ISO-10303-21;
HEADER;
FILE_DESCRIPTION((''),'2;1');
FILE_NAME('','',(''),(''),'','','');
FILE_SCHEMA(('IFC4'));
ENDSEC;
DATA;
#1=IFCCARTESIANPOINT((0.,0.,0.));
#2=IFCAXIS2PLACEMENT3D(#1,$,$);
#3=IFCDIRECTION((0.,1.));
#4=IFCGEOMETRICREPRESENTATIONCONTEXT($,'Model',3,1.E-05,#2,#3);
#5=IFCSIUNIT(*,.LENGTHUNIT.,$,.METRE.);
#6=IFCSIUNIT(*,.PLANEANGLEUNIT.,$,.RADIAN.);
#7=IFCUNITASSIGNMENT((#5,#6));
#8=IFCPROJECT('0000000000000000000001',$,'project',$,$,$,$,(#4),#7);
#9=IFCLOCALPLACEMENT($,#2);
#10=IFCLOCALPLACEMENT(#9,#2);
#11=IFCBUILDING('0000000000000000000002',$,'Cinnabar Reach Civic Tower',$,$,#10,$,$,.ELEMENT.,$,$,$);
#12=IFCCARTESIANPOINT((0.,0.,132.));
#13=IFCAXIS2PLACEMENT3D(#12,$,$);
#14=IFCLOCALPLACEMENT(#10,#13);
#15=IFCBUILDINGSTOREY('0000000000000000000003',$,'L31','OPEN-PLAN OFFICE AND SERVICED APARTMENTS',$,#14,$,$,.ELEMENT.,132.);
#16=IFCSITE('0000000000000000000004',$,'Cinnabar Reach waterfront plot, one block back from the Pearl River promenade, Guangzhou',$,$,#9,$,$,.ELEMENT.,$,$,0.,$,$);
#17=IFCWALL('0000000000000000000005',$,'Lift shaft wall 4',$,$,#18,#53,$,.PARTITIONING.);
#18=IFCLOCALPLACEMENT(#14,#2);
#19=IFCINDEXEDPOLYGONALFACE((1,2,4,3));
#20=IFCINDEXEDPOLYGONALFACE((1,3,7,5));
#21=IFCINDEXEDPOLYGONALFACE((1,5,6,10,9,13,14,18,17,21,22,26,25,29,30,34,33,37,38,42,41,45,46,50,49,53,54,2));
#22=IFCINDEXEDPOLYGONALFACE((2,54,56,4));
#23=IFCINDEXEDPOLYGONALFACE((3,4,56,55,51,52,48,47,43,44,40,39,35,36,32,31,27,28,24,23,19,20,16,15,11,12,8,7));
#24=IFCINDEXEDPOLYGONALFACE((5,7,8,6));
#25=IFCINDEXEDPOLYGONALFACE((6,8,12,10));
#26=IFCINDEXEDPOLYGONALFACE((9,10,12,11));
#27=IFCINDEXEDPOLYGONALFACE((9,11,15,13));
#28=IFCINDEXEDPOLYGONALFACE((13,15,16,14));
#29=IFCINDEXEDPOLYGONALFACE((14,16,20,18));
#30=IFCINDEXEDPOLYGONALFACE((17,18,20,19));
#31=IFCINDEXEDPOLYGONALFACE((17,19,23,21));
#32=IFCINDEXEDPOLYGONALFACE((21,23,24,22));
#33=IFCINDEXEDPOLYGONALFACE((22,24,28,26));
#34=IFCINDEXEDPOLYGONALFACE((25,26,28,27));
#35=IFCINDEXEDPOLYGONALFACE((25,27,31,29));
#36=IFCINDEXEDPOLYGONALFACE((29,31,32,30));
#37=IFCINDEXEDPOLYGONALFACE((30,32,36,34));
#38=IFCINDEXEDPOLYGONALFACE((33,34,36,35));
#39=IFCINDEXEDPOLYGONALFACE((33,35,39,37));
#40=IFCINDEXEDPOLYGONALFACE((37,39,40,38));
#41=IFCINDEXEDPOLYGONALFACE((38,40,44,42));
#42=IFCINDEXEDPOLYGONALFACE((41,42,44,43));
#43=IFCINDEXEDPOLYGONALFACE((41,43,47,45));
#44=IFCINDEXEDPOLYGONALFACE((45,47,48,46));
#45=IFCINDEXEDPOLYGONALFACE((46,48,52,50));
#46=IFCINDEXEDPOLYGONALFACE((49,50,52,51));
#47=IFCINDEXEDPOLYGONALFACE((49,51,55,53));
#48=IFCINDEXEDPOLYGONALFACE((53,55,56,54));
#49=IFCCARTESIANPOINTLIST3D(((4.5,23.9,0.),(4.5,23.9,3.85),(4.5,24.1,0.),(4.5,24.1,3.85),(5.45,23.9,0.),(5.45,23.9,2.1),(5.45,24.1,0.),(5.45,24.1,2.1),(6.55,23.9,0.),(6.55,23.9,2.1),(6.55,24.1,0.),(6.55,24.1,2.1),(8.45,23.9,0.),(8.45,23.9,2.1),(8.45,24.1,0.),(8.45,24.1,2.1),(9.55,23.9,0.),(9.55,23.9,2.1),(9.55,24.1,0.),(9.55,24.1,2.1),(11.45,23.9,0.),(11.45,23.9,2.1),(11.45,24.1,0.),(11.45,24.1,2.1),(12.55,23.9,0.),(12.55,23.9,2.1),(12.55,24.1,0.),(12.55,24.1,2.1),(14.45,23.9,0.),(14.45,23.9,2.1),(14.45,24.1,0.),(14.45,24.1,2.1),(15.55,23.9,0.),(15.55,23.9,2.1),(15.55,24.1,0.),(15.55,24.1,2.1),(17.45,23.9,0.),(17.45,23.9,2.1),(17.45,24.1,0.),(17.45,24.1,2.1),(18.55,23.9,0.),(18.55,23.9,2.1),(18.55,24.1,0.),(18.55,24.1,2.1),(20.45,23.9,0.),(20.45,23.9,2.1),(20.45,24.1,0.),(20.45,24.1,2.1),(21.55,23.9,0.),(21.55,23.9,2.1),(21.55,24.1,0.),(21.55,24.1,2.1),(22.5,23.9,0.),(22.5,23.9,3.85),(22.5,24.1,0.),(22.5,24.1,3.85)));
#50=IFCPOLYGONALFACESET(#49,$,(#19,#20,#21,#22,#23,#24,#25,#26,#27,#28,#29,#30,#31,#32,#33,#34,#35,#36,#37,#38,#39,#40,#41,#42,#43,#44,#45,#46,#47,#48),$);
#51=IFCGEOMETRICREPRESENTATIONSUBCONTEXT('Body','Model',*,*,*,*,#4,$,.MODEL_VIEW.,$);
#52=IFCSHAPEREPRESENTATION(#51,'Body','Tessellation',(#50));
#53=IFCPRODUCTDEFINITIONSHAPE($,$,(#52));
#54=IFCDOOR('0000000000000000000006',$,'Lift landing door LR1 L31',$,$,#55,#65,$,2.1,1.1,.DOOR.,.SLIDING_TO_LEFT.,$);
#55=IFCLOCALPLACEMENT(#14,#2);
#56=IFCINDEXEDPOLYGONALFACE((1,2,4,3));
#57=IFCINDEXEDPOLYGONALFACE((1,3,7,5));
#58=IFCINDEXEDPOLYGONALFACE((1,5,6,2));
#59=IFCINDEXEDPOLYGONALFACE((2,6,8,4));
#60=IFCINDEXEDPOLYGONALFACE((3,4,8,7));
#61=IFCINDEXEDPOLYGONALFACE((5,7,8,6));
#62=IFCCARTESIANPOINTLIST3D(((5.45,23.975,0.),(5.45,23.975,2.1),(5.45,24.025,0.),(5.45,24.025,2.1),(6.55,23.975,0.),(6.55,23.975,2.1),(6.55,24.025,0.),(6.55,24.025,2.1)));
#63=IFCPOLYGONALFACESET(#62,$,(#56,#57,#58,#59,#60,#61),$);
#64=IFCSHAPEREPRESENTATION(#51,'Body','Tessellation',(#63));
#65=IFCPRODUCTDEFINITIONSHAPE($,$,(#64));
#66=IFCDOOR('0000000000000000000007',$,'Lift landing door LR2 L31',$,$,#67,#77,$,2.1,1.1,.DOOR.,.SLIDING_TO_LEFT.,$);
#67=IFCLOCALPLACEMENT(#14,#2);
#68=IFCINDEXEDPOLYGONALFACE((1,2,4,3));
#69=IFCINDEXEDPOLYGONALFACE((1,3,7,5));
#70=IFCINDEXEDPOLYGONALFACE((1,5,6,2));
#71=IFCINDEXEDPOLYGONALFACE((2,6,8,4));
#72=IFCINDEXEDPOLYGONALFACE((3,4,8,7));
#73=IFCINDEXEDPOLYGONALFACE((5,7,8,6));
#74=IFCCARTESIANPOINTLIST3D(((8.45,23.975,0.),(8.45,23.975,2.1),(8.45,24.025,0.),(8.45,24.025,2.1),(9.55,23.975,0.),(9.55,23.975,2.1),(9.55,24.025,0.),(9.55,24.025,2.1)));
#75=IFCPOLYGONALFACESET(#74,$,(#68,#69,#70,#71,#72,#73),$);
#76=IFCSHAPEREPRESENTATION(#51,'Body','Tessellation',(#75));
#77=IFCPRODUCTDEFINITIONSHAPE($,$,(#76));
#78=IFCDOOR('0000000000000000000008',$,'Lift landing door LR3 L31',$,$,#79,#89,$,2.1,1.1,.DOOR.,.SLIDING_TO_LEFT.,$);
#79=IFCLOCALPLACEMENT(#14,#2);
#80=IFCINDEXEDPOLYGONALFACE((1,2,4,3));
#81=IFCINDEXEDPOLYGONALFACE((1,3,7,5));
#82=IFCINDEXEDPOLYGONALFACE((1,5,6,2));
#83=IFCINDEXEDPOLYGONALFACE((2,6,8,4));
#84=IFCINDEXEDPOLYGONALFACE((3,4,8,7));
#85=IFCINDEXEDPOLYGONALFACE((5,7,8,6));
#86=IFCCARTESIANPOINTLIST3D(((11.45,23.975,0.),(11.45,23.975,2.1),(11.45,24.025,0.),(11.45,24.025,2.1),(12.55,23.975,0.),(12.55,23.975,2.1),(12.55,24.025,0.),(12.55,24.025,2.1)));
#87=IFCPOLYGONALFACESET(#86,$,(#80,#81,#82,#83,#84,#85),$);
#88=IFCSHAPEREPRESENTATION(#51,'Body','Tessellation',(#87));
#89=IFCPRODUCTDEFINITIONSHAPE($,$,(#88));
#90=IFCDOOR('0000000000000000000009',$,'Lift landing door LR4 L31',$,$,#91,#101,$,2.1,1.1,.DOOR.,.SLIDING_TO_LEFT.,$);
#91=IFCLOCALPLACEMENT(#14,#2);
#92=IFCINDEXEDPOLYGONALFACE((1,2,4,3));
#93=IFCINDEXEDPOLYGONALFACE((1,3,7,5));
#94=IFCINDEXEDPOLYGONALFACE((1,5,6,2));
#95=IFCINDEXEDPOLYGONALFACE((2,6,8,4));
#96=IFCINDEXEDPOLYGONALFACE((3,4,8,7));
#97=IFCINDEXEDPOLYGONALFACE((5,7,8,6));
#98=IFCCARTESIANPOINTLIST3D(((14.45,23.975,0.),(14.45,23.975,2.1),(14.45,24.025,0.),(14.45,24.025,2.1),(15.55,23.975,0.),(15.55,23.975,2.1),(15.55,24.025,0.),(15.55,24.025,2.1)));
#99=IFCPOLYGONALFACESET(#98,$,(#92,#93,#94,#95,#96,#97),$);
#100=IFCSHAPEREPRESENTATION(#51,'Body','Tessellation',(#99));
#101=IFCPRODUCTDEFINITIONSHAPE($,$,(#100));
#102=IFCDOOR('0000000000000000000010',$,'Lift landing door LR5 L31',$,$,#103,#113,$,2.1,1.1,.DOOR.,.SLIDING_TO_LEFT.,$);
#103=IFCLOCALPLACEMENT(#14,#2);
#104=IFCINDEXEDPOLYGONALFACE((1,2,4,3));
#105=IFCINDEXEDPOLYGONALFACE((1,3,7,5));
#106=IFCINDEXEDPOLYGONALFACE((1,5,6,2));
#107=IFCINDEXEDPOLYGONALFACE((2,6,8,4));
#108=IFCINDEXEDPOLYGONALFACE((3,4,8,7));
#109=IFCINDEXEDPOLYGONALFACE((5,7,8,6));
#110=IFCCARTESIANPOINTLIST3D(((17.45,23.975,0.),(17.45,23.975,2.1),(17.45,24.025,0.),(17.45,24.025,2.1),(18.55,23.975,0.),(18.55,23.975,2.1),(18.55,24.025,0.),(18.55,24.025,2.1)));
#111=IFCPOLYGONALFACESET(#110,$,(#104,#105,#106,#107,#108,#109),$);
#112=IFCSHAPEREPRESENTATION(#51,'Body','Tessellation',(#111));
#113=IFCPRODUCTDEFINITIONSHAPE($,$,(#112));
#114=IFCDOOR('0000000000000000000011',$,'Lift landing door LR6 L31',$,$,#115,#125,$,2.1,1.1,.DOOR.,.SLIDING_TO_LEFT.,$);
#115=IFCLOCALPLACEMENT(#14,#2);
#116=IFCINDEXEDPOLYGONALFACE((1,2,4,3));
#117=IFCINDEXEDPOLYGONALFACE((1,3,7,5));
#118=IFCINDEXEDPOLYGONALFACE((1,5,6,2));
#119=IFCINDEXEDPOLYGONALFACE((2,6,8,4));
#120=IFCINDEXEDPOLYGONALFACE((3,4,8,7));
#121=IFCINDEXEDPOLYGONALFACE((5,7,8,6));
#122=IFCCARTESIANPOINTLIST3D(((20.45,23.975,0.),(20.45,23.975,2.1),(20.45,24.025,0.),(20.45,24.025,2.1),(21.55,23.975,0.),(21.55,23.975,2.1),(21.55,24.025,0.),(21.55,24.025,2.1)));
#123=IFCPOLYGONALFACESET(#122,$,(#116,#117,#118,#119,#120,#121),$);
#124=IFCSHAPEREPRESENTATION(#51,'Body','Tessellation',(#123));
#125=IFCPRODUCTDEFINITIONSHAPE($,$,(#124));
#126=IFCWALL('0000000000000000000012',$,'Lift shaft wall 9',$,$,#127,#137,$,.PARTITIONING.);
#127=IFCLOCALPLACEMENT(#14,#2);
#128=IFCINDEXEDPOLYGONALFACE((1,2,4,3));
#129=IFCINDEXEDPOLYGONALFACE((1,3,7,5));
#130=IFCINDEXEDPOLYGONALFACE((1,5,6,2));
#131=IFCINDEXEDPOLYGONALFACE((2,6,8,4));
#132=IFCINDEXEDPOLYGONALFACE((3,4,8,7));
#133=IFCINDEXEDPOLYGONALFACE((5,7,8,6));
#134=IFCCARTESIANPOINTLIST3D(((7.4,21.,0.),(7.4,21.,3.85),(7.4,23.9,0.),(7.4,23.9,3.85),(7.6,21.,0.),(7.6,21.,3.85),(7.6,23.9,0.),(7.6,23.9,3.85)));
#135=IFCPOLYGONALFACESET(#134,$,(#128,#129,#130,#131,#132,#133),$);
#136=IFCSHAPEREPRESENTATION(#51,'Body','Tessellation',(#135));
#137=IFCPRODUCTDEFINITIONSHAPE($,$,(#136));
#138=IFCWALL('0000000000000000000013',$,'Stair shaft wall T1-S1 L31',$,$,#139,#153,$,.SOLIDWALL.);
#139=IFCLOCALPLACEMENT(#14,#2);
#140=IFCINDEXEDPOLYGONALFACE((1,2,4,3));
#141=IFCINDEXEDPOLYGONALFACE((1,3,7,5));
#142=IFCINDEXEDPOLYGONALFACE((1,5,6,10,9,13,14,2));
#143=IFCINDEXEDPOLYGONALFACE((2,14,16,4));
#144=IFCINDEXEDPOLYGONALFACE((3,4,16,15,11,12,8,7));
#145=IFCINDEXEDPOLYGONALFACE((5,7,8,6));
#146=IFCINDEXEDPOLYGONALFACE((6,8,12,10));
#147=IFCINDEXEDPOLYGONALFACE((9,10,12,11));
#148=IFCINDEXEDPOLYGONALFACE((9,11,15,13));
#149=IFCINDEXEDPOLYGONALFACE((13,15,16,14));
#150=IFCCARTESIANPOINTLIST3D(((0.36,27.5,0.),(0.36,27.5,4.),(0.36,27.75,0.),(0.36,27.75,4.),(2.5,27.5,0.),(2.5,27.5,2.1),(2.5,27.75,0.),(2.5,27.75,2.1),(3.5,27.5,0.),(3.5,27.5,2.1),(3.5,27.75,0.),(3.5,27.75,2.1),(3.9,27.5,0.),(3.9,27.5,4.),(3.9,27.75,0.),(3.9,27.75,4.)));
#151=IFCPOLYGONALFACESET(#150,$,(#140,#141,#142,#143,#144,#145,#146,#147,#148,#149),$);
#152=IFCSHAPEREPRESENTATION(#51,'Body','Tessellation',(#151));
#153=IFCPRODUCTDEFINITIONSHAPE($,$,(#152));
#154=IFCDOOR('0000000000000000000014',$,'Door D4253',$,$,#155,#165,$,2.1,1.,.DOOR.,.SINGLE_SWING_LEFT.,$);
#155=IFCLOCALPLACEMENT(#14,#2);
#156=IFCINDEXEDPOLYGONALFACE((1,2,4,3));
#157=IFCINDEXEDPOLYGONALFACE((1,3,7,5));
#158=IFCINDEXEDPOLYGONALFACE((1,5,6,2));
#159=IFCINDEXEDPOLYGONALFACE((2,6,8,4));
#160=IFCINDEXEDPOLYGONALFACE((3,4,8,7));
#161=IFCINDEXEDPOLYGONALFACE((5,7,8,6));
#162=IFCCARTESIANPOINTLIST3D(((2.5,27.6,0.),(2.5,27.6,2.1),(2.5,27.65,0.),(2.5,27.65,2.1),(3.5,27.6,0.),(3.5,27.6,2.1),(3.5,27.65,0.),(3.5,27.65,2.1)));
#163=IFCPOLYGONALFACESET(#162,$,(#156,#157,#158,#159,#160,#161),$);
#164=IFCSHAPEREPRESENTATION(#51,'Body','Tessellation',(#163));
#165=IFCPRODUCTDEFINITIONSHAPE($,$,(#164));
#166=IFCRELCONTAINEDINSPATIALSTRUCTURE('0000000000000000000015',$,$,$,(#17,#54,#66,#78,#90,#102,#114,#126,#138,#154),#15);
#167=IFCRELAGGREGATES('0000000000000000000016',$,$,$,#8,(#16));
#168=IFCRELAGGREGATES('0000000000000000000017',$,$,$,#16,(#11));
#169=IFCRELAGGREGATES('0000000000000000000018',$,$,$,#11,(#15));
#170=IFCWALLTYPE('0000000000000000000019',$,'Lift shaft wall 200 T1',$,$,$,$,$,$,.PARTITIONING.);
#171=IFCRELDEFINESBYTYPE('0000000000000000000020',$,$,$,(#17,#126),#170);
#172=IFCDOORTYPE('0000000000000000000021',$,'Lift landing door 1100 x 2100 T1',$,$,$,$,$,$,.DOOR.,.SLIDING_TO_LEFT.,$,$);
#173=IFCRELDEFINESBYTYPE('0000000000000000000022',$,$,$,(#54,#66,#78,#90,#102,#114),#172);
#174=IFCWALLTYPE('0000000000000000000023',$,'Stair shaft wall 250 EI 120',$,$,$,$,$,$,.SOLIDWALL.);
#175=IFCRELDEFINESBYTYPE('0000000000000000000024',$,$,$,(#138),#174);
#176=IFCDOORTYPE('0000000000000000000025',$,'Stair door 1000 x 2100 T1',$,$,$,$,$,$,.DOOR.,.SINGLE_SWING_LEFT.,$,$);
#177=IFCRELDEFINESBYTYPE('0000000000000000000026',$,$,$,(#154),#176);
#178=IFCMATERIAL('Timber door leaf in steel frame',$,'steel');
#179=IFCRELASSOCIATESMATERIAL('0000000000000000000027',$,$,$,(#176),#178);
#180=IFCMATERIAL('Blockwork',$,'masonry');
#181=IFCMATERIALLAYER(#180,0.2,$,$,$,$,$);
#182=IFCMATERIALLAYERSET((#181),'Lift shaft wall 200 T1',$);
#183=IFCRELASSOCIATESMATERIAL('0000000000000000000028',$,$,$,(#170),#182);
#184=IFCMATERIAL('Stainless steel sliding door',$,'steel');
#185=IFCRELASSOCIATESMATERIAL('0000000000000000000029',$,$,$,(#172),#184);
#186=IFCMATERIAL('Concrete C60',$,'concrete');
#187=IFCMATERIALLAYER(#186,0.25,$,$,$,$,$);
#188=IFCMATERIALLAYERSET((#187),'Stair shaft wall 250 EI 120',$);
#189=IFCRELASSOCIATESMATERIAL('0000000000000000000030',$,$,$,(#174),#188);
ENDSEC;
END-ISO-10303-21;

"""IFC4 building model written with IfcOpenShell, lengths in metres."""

from ifc_helpers import new_model, si_unit, direction, frame, frame_2d, origin, place, context, subcontext, project, spatial, rectangle, extrude, material, layer, layer_set, type_object, element, fill, save


model = new_model("IFC4")

# Units and contexts
model_context = context("Model", 3, precision=1e-05, world=origin(), true_north=direction((0.0, 1.0)))
body_context = subcontext(model_context, "Body", "Model", "MODEL_VIEW")
ifc_project = project(units=[si_unit("LENGTHUNIT", "METRE"), si_unit("PLANEANGLEUNIT", "RADIAN")], contexts=[model_context])

# Site, building, storey
site_placement = place(None, origin())
site = spatial("IfcSite", under=ifc_project, at=site_placement, Name="Cinnabar Reach waterfront plot, one block back from the Pearl River promenade, Guangzhou", CompositionType="ELEMENT", RefElevation=0.0)
building_placement = place(site_placement, origin())
building = spatial("IfcBuilding", under=site, at=building_placement, Name="Cinnabar Reach Civic Tower", CompositionType="ELEMENT")
storey_placement = place(building_placement, frame((0.0, 0.0, 132.0)))
storey = spatial("IfcBuildingStorey", under=building, at=storey_placement, Name="L31", Description="OPEN-PLAN OFFICE AND SERVICED APARTMENTS", CompositionType="ELEMENT", Elevation=132.0)

# Shared definitions
ifc_material_1 = material(Name="Timber door leaf in steel frame", Category="steel")
door_type_1 = type_object("IfcDoorType", Name="Stair door 1000 x 2100 T1", OperationType="SINGLE_SWING_LEFT", PredefinedType="DOOR", material=ifc_material_1)

# Wall, openings, doors
ifc_material_2 = material(Name="Blockwork", Category="masonry")
ifc_layer_1 = layer(ifc_material_2, 0.2)
ifc_layer_set_1 = layer_set([ifc_layer_1], Name="Lift shaft wall 200 T1")
wall_type_1 = type_object("IfcWallType", Name="Lift shaft wall 200 T1", PredefinedType="PARTITIONING", material=ifc_layer_set_1)
wall_1_placement = place(storey_placement, frame((4.5, 24.0, 0.0), z_axis=(0.0, 0.0, 1.0), x_axis=(1.0, 0.0, 0.0)))
wall_1 = element("IfcWall", 1, at=wall_1_placement, inside=storey, type_object=wall_type_1, Name="Lift shaft wall 4", PredefinedType="PARTITIONING", context=body_context, shape_type="SweptSolid", body=[
    extrude(rectangle(XDim=18.0, YDim=0.2, at=frame_2d((9.0, 0.0))), origin(), (0.0, 0.0, 1.0), 3.85),
])
opening_1_placement = place(wall_1_placement, frame((0.95, 0.0, 0.0)))
opening_1 = element("IfcOpeningElement", 2, at=opening_1_placement, cuts=wall_1, PredefinedType="OPENING", context=body_context, shape_type="SweptSolid", body=[
    extrude(rectangle(XDim=1.1, YDim=2.1, at=frame_2d((0.55, 1.05))), frame((0.0, 0.11, 0.0), z_axis=(0.0, -1.0, 0.0), x_axis=(1.0, 0.0, 0.0)), (0.0, 0.0, 1.0), 0.22),
])
opening_2_placement = place(wall_1_placement, frame((3.95, 0.0, 0.0)))
opening_2 = element("IfcOpeningElement", 3, at=opening_2_placement, cuts=wall_1, PredefinedType="OPENING", context=body_context, shape_type="SweptSolid", body=[
    extrude(rectangle(XDim=1.1, YDim=2.1, at=frame_2d((0.55, 1.05))), frame((0.0, 0.11, 0.0), z_axis=(0.0, -1.0, 0.0), x_axis=(1.0, 0.0, 0.0)), (0.0, 0.0, 1.0), 0.22),
])
opening_3_placement = place(wall_1_placement, frame((6.95, 0.0, 0.0)))
opening_3 = element("IfcOpeningElement", 4, at=opening_3_placement, cuts=wall_1, PredefinedType="OPENING", context=body_context, shape_type="SweptSolid", body=[
    extrude(rectangle(XDim=1.1, YDim=2.1, at=frame_2d((0.55, 1.05))), frame((0.0, 0.11, 0.0), z_axis=(0.0, -1.0, 0.0), x_axis=(1.0, 0.0, 0.0)), (0.0, 0.0, 1.0), 0.22),
])
opening_4_placement = place(wall_1_placement, frame((9.95, 0.0, 0.0)))
opening_4 = element("IfcOpeningElement", 5, at=opening_4_placement, cuts=wall_1, PredefinedType="OPENING", context=body_context, shape_type="SweptSolid", body=[
    extrude(rectangle(XDim=1.1, YDim=2.1, at=frame_2d((0.55, 1.05))), frame((0.0, 0.11, 0.0), z_axis=(0.0, -1.0, 0.0), x_axis=(1.0, 0.0, 0.0)), (0.0, 0.0, 1.0), 0.22),
])
opening_5_placement = place(wall_1_placement, frame((12.95, 0.0, 0.0)))
opening_5 = element("IfcOpeningElement", 6, at=opening_5_placement, cuts=wall_1, PredefinedType="OPENING", context=body_context, shape_type="SweptSolid", body=[
    extrude(rectangle(XDim=1.1, YDim=2.1, at=frame_2d((0.55, 1.05))), frame((0.0, 0.11, 0.0), z_axis=(0.0, -1.0, 0.0), x_axis=(1.0, 0.0, 0.0)), (0.0, 0.0, 1.0), 0.22),
])
opening_6_placement = place(wall_1_placement, frame((15.95, 0.0, 0.0)))
opening_6 = element("IfcOpeningElement", 7, at=opening_6_placement, cuts=wall_1, PredefinedType="OPENING", context=body_context, shape_type="SweptSolid", body=[
    extrude(rectangle(XDim=1.1, YDim=2.1, at=frame_2d((0.55, 1.05))), frame((0.0, 0.11, 0.0), z_axis=(0.0, -1.0, 0.0), x_axis=(1.0, 0.0, 0.0)), (0.0, 0.0, 1.0), 0.22),
])
ifc_material_3 = material(Name="Stainless steel sliding door", Category="steel")
door_type_2 = type_object("IfcDoorType", Name="Lift landing door 1100 x 2100 T1", OperationType="SLIDING_TO_LEFT", PredefinedType="DOOR", material=ifc_material_3)
door_1_placement = place(opening_1_placement, origin())
door_1 = element("IfcDoor", 8, at=door_1_placement, inside=storey, type_object=door_type_2, Name="Lift landing door LR1 L31", OperationType="SLIDING_TO_LEFT", OverallHeight=2.1, OverallWidth=1.1, PredefinedType="DOOR", context=body_context, shape_type="SweptSolid", body=[
    extrude(rectangle(XDim=1.1, YDim=2.1, at=frame_2d((0.55, 1.05))), frame((0.0, 0.025, 0.0), z_axis=(0.0, -1.0, 0.0), x_axis=(1.0, 0.0, 0.0)), (0.0, 0.0, 1.0), 0.05),
])
fill(opening_1, door_1)
door_2_placement = place(opening_2_placement, origin())
door_2 = element("IfcDoor", 9, at=door_2_placement, inside=storey, type_object=door_type_2, Name="Lift landing door LR2 L31", OperationType="SLIDING_TO_LEFT", OverallHeight=2.1, OverallWidth=1.1, PredefinedType="DOOR", context=body_context, shape_type="SweptSolid", body=[
    extrude(rectangle(XDim=1.1, YDim=2.1, at=frame_2d((0.55, 1.05))), frame((0.0, 0.025, 0.0), z_axis=(0.0, -1.0, 0.0), x_axis=(1.0, 0.0, 0.0)), (0.0, 0.0, 1.0), 0.05),
])
fill(opening_2, door_2)
door_3_placement = place(opening_3_placement, origin())
door_3 = element("IfcDoor", 10, at=door_3_placement, inside=storey, type_object=door_type_2, Name="Lift landing door LR3 L31", OperationType="SLIDING_TO_LEFT", OverallHeight=2.1, OverallWidth=1.1, PredefinedType="DOOR", context=body_context, shape_type="SweptSolid", body=[
    extrude(rectangle(XDim=1.1, YDim=2.1, at=frame_2d((0.55, 1.05))), frame((0.0, 0.025, 0.0), z_axis=(0.0, -1.0, 0.0), x_axis=(1.0, 0.0, 0.0)), (0.0, 0.0, 1.0), 0.05),
])
fill(opening_3, door_3)
door_4_placement = place(opening_4_placement, origin())
door_4 = element("IfcDoor", 11, at=door_4_placement, inside=storey, type_object=door_type_2, Name="Lift landing door LR4 L31", OperationType="SLIDING_TO_LEFT", OverallHeight=2.1, OverallWidth=1.1, PredefinedType="DOOR", context=body_context, shape_type="SweptSolid", body=[
    extrude(rectangle(XDim=1.1, YDim=2.1, at=frame_2d((0.55, 1.05))), frame((0.0, 0.025, 0.0), z_axis=(0.0, -1.0, 0.0), x_axis=(1.0, 0.0, 0.0)), (0.0, 0.0, 1.0), 0.05),
])
fill(opening_4, door_4)
door_5_placement = place(opening_5_placement, origin())
door_5 = element("IfcDoor", 12, at=door_5_placement, inside=storey, type_object=door_type_2, Name="Lift landing door LR5 L31", OperationType="SLIDING_TO_LEFT", OverallHeight=2.1, OverallWidth=1.1, PredefinedType="DOOR", context=body_context, shape_type="SweptSolid", body=[
    extrude(rectangle(XDim=1.1, YDim=2.1, at=frame_2d((0.55, 1.05))), frame((0.0, 0.025, 0.0), z_axis=(0.0, -1.0, 0.0), x_axis=(1.0, 0.0, 0.0)), (0.0, 0.0, 1.0), 0.05),
])
fill(opening_5, door_5)
door_6_placement = place(opening_6_placement, origin())
door_6 = element("IfcDoor", 13, at=door_6_placement, inside=storey, type_object=door_type_2, Name="Lift landing door LR6 L31", OperationType="SLIDING_TO_LEFT", OverallHeight=2.1, OverallWidth=1.1, PredefinedType="DOOR", context=body_context, shape_type="SweptSolid", body=[
    extrude(rectangle(XDim=1.1, YDim=2.1, at=frame_2d((0.55, 1.05))), frame((0.0, 0.025, 0.0), z_axis=(0.0, -1.0, 0.0), x_axis=(1.0, 0.0, 0.0)), (0.0, 0.0, 1.0), 0.05),
])
fill(opening_6, door_6)

# Wall
wall_2_placement = place(storey_placement, frame((7.5, 21.0, 0.0), z_axis=(0.0, 0.0, 1.0), x_axis=(0.0, 1.0, 0.0)))
element("IfcWall", 14, at=wall_2_placement, inside=storey, type_object=wall_type_1, Name="Lift shaft wall 9", PredefinedType="PARTITIONING", context=body_context, shape_type="SweptSolid", body=[
    extrude(rectangle(XDim=2.9, YDim=0.2, at=frame_2d((1.45, 0.0))), origin(), (0.0, 0.0, 1.0), 3.85),
])

# Wall, opening, door
ifc_material_4 = material(Name="Concrete C60", Category="concrete")
ifc_layer_2 = layer(ifc_material_4, 0.25)
ifc_layer_set_2 = layer_set([ifc_layer_2], Name="Stair shaft wall 250 EI 120")
wall_type_2 = type_object("IfcWallType", Name="Stair shaft wall 250 EI 120", PredefinedType="SOLIDWALL", material=ifc_layer_set_2)
wall_3_placement = place(storey_placement, frame((3.9, 27.625, 0.0), z_axis=(0.0, 0.0, 1.0), x_axis=(-1.0, 0.0, 0.0)))
wall_3 = element("IfcWall", 15, at=wall_3_placement, inside=storey, type_object=wall_type_2, Name="Stair shaft wall T1-S1 L31", PredefinedType="SOLIDWALL", context=body_context, shape_type="SweptSolid", body=[
    extrude(rectangle(XDim=3.54, YDim=0.25, at=frame_2d((1.77, 0.0))), origin(), (0.0, 0.0, 1.0), 4.0),
])
opening_7_placement = place(wall_3_placement, frame((0.4, 0.0, 0.0)))
opening_7 = element("IfcOpeningElement", 16, at=opening_7_placement, cuts=wall_3, PredefinedType="OPENING", context=body_context, shape_type="SweptSolid", body=[
    extrude(rectangle(XDim=1.0, YDim=2.1, at=frame_2d((0.5, 1.05))), frame((0.0, 0.135, 0.0), z_axis=(0.0, -1.0, 0.0), x_axis=(1.0, 0.0, 0.0)), (0.0, 0.0, 1.0), 0.27),
])
door_7_placement = place(opening_7_placement, origin())
door_7 = element("IfcDoor", 17, at=door_7_placement, inside=storey, type_object=door_type_1, Name="Door D4253", OperationType="SINGLE_SWING_LEFT", OverallHeight=2.1, OverallWidth=1.0, PredefinedType="DOOR", context=body_context, shape_type="SweptSolid", body=[
    extrude(rectangle(XDim=1.0, YDim=2.1, at=frame_2d((0.5, 1.05))), frame((0.0, 0.025, 0.0), z_axis=(0.0, -1.0, 0.0), x_axis=(1.0, 0.0, 0.0)), (0.0, 0.0, 1.0), 0.05),
])
fill(opening_7, door_7)

save(model, "model.ifc")
